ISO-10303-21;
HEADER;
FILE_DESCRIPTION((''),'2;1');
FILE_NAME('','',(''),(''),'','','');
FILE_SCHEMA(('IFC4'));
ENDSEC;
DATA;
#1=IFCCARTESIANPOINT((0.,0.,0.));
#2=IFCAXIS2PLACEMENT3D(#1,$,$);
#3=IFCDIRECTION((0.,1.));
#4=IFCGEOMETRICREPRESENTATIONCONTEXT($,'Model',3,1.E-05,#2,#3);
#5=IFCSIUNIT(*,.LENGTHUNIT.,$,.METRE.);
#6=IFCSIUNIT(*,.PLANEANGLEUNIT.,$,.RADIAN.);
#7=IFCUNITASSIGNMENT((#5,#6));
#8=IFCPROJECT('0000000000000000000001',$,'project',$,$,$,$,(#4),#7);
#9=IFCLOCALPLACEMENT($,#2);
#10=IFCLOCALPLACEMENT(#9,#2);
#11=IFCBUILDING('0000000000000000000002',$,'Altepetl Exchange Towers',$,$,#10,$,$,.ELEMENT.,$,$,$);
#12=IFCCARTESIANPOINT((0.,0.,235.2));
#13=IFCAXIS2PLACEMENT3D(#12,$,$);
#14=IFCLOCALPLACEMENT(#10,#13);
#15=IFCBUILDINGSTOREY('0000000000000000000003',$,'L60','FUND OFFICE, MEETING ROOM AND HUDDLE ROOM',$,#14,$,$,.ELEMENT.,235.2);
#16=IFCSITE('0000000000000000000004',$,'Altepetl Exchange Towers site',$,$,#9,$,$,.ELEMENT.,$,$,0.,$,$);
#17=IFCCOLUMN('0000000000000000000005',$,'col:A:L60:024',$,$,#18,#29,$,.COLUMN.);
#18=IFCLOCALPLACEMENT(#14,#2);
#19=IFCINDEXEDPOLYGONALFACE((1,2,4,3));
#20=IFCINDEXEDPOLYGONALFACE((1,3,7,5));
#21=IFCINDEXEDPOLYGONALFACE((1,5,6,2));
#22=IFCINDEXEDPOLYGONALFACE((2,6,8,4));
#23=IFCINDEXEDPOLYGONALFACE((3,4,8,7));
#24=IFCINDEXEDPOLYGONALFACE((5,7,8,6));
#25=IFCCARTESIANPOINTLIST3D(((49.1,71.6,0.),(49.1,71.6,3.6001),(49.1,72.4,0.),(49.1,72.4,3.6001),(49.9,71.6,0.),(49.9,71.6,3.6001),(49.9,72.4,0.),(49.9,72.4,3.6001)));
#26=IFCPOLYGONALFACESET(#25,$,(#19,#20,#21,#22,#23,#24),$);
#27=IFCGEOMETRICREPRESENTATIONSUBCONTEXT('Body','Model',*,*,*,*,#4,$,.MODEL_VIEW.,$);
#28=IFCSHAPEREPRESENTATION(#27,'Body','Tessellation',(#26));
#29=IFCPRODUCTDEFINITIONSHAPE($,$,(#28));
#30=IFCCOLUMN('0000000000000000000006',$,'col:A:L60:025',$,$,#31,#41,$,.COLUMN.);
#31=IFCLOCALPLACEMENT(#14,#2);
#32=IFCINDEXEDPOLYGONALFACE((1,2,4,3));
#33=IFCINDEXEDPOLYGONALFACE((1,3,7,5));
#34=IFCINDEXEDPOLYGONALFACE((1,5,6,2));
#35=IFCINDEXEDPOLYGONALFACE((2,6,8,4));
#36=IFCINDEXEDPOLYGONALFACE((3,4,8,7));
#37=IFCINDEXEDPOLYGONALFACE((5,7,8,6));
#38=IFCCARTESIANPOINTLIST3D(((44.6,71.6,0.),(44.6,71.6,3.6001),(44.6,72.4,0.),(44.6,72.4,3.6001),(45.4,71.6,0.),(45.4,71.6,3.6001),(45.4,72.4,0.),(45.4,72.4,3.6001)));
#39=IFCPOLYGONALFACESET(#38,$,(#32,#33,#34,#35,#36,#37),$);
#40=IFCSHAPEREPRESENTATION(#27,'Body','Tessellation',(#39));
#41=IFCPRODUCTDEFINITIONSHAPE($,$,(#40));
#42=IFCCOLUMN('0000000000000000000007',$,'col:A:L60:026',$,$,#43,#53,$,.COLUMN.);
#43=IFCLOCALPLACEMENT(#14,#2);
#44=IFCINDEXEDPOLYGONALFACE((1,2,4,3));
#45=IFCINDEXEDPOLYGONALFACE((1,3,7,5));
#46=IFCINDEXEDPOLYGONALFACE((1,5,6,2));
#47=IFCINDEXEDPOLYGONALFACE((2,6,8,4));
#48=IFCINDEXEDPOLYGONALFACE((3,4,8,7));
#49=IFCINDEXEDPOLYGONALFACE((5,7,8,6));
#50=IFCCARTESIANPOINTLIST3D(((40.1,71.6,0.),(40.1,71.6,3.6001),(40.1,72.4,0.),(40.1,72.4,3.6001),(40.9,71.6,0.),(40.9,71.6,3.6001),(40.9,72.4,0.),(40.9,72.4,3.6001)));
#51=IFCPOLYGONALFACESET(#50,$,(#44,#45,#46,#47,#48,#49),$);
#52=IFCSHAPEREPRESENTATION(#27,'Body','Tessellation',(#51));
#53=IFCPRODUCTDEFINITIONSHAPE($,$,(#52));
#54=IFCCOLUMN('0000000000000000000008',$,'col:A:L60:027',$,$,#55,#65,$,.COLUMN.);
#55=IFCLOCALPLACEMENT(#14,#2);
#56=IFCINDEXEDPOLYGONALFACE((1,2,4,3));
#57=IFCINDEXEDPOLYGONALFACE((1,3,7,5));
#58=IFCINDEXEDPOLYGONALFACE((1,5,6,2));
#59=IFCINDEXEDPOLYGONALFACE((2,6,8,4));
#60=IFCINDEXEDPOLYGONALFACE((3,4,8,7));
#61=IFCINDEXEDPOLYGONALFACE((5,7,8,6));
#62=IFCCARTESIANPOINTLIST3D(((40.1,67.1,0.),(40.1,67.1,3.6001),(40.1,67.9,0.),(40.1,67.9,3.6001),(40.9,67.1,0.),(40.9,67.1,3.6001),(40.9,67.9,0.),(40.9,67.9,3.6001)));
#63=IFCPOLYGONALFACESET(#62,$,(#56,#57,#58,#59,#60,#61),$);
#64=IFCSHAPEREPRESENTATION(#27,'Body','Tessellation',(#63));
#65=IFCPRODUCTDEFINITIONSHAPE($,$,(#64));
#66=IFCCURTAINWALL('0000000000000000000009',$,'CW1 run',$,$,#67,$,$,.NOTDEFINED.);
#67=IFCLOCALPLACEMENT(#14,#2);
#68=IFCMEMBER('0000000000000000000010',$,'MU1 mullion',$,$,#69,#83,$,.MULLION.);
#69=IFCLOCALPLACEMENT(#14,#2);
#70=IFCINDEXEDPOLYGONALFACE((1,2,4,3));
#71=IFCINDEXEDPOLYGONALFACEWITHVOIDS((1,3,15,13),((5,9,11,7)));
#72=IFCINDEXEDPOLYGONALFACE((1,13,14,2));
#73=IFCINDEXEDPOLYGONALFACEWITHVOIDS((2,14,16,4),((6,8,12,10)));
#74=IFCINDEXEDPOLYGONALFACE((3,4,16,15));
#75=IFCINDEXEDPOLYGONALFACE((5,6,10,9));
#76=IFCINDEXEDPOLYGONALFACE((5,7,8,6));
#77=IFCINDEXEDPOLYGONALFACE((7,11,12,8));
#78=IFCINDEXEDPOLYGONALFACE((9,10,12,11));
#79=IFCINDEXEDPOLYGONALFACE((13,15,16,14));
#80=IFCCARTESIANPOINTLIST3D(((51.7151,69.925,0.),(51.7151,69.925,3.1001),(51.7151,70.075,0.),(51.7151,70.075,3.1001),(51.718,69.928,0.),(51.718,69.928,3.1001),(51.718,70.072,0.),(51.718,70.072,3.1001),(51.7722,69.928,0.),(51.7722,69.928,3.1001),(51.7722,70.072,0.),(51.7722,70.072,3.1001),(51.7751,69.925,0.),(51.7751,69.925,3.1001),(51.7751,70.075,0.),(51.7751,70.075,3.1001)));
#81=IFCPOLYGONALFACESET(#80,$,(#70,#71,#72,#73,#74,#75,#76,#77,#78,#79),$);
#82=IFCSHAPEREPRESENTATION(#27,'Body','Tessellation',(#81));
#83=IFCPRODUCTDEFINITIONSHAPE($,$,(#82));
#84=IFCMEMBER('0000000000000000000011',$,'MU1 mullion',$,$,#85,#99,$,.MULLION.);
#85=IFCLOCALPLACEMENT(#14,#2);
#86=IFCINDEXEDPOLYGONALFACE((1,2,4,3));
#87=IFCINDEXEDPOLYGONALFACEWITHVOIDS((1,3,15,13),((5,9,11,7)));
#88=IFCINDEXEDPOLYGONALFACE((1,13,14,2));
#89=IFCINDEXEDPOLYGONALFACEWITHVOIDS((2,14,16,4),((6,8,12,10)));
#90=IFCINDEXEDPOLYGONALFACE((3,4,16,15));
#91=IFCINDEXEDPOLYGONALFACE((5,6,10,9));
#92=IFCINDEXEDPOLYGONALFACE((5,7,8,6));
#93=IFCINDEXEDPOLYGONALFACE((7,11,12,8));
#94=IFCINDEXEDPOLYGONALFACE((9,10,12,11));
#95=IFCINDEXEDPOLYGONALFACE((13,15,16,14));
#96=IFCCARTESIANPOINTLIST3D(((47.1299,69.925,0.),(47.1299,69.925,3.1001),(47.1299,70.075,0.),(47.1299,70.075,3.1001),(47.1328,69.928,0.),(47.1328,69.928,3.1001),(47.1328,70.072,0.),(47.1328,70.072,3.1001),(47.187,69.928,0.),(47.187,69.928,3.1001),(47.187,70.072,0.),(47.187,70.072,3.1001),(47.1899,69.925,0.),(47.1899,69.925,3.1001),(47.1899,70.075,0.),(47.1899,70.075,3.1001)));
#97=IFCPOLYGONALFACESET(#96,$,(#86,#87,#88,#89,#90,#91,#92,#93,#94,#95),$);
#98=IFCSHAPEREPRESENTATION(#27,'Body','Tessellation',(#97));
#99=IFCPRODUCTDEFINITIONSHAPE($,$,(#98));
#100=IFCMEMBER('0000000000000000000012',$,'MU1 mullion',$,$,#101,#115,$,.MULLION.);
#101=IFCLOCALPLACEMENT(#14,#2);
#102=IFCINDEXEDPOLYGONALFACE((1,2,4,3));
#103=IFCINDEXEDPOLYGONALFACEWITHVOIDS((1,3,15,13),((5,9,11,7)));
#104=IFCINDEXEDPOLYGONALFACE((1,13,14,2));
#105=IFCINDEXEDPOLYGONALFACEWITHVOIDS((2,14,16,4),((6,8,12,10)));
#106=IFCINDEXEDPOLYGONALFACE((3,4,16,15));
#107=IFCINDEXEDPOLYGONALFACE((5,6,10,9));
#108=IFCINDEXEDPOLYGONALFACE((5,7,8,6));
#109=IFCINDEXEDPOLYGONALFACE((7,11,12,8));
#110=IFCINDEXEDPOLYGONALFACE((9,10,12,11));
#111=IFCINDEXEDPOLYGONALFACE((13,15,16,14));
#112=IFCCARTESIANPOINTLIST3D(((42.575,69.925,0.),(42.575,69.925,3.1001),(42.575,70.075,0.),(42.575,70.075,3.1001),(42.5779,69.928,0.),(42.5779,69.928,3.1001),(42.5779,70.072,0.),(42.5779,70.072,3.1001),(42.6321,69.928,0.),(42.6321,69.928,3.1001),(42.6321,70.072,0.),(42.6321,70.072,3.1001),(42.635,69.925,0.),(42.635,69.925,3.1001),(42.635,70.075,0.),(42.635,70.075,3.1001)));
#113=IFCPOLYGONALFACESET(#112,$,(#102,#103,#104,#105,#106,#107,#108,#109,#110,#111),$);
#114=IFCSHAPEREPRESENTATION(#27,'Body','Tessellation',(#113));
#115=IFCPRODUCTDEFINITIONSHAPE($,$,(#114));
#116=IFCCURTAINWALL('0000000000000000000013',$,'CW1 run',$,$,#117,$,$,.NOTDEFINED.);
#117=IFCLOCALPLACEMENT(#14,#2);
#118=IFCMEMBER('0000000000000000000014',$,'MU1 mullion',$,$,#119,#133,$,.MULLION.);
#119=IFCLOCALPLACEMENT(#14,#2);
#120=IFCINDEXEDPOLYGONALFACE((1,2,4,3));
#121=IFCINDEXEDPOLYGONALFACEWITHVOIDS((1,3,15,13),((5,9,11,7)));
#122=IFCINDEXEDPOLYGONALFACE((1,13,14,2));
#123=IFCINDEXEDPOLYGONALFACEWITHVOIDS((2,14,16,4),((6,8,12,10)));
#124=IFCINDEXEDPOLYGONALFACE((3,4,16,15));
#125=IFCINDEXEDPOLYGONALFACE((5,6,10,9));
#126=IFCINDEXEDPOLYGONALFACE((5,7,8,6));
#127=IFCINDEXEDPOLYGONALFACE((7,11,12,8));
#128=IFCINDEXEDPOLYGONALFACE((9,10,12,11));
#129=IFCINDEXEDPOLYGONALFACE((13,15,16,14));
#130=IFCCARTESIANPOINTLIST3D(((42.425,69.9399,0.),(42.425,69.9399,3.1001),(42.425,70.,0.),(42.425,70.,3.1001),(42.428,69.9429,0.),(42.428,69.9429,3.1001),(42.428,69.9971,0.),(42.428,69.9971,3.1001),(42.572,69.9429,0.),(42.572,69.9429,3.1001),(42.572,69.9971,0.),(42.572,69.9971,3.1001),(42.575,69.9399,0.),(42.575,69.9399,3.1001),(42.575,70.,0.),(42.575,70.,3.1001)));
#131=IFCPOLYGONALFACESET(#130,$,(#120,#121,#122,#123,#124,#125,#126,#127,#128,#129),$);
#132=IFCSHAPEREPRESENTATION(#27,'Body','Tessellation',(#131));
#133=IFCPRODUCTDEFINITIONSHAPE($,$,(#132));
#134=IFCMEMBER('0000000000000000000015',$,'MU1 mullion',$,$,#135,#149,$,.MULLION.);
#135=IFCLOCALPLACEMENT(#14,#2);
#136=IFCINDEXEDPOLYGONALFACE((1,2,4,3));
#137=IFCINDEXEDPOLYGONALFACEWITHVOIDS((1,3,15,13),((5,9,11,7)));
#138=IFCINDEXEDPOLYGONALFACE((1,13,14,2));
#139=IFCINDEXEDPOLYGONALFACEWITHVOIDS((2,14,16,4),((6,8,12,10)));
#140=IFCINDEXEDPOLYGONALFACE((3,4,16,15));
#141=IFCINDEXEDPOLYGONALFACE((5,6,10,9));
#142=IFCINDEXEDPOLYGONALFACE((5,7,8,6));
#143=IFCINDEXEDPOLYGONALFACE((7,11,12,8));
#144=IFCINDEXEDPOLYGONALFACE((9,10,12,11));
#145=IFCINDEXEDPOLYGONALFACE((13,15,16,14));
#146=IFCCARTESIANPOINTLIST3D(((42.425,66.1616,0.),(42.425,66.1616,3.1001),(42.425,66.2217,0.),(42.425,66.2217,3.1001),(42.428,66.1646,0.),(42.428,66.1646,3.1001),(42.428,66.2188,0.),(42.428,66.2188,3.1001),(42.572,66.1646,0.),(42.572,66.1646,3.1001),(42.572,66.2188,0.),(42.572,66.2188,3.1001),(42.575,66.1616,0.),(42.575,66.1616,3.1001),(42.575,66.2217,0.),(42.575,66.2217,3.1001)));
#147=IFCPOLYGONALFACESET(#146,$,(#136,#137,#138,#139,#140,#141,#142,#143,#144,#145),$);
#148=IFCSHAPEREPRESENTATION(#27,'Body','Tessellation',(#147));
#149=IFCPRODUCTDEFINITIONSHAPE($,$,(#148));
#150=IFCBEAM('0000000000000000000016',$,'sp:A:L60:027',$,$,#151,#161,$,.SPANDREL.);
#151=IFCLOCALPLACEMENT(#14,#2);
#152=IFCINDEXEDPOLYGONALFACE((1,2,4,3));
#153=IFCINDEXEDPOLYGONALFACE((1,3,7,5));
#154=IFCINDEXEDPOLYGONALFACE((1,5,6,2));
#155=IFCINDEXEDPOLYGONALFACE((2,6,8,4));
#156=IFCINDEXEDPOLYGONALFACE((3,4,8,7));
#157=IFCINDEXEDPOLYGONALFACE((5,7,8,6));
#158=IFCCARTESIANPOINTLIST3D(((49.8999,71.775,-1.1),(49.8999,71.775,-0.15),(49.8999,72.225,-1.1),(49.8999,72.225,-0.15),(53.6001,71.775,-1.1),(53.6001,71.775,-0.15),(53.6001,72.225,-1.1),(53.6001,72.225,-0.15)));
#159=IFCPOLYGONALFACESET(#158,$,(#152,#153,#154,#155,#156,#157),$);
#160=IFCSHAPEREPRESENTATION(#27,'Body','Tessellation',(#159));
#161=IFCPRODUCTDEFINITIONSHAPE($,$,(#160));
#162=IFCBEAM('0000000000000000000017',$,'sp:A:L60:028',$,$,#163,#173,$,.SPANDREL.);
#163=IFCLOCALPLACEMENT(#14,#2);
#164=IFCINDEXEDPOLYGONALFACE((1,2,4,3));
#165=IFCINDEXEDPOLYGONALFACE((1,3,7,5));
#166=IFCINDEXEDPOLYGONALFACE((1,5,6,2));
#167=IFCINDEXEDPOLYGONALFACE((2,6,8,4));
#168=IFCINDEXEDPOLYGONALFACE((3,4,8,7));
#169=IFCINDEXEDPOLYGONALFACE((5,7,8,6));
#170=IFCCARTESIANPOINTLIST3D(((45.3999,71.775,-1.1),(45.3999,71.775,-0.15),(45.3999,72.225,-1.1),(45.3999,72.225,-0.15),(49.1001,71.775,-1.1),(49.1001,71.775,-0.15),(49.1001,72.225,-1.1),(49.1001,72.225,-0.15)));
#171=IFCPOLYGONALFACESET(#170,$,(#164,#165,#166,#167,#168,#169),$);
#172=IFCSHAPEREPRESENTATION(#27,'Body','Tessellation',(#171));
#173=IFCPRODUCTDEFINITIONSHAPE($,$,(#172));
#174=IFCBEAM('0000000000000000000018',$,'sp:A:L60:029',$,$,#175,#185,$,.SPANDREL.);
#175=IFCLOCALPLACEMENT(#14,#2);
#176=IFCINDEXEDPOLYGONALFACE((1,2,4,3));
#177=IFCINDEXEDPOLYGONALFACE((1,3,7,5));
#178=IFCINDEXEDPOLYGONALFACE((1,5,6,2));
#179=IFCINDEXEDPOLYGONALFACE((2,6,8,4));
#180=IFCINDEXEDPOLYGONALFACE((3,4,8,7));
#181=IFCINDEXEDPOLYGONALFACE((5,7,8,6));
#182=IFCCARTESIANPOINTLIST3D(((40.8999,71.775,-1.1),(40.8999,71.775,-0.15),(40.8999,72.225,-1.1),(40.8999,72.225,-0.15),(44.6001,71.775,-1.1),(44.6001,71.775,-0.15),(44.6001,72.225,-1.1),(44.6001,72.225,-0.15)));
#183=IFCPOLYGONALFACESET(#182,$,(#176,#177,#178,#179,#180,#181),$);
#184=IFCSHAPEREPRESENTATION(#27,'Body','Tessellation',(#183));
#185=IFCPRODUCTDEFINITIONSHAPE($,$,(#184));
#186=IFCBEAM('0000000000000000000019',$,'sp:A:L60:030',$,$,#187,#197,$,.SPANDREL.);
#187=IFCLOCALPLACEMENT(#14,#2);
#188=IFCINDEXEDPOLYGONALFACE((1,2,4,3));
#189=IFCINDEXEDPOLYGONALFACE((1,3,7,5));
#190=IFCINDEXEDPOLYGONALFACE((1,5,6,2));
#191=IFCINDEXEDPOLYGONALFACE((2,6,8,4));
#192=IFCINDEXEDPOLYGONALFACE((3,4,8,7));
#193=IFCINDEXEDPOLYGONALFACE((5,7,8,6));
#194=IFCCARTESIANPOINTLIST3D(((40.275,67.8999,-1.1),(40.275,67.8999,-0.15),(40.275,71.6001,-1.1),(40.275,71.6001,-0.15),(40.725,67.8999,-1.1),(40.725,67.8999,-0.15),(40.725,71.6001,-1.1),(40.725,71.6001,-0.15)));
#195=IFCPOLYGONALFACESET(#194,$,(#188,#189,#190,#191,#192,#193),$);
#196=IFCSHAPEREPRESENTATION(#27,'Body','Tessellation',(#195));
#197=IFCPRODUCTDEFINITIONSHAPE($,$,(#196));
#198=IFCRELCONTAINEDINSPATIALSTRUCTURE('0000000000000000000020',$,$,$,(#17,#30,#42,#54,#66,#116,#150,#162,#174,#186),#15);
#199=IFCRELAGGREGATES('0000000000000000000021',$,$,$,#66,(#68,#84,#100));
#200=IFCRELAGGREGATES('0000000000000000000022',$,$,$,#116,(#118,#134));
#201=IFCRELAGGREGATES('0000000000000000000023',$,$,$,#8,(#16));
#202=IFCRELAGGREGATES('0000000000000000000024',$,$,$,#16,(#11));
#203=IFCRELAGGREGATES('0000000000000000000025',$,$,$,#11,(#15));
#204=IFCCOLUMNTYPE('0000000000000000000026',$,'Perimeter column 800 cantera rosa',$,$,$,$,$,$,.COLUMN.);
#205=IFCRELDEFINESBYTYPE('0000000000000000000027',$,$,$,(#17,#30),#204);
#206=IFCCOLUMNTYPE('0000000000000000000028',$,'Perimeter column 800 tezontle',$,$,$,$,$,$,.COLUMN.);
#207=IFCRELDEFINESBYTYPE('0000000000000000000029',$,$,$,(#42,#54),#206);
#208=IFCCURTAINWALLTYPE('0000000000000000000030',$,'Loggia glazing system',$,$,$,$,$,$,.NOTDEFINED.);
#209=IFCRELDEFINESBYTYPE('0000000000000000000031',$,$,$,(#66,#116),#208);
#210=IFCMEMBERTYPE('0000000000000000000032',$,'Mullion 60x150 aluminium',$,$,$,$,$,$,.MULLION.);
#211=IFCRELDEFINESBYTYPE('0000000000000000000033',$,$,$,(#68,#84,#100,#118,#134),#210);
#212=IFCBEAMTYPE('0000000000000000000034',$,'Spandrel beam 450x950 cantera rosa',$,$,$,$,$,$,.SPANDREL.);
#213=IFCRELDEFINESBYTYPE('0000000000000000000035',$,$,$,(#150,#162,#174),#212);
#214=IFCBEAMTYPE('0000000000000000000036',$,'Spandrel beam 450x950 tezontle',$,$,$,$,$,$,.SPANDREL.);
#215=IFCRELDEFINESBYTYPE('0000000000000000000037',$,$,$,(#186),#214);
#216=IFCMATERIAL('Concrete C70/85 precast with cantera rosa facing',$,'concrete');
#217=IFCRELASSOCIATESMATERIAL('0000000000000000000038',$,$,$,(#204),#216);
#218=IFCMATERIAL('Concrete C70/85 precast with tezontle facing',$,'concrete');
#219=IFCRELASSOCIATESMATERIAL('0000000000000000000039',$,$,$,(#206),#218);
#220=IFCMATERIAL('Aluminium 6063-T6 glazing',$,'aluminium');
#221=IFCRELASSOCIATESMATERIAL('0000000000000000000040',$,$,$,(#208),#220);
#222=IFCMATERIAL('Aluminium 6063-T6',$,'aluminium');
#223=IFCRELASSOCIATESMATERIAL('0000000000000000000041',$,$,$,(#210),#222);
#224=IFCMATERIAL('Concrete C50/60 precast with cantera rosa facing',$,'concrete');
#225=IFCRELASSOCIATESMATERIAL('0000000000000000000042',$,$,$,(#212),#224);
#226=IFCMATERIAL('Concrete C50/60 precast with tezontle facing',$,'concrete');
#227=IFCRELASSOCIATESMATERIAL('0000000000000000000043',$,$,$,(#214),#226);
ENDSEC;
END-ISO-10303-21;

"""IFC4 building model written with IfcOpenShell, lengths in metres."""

from ifc_helpers import new_model, si_unit, direction, frame, origin, origin_2d, place, context, subcontext, project, spatial, rectangle, hollow_rectangle, extrude, material, material_profile, profile_set, type_object, element, aggregate, save


model = new_model("IFC4")

# Units and contexts
model_context = context("Model", 3, precision=1e-05, world=origin(), true_north=direction((0.0, 1.0)))
body_context = subcontext(model_context, "Body", "Model", "MODEL_VIEW")
ifc_project = project(units=[si_unit("LENGTHUNIT", "METRE"), si_unit("PLANEANGLEUNIT", "RADIAN")], contexts=[model_context])

# Site, building, storey
site_placement = place(None, origin())
site = spatial("IfcSite", under=ifc_project, at=site_placement, Name="Altepetl Exchange Towers site", CompositionType="ELEMENT", RefElevation=0.0)
building_placement = place(site_placement, origin())
building = spatial("IfcBuilding", under=site, at=building_placement, Name="Altepetl Exchange Towers", CompositionType="ELEMENT")
storey_placement = place(building_placement, frame((0.0, 0.0, 235.2)))
storey = spatial("IfcBuildingStorey", under=building, at=storey_placement, Name="L60", Description="FUND OFFICE, MEETING ROOM AND HUDDLE ROOM", CompositionType="ELEMENT", Elevation=235.2)

# Columns
ifc_material_1 = material(Name="Concrete C70/85 precast with cantera rosa facing", Category="concrete")
ifc_material_profile_1 = material_profile(ifc_material_1, rectangle(XDim=0.8, YDim=0.8, at=origin_2d()), Name="800 x 800")
ifc_profile_set_1 = profile_set([ifc_material_profile_1], Name="Concrete C70/85 precast with cantera rosa facing")
column_type_1 = type_object("IfcColumnType", Name="Perimeter column 800 cantera rosa", PredefinedType="COLUMN", material=ifc_profile_set_1)
for number, where, name in (
    (1, (49.5, 72.0, 0.0), "col:A:L60:024"),
    (2, (45.0, 72.0, 0.0), "col:A:L60:025"),
):
    element("IfcColumn", number, at=place(storey_placement, frame(where)), inside=storey, type_object=column_type_1, Name=name, PredefinedType="COLUMN", context=body_context, shape_type="SweptSolid", body=[
        extrude(rectangle(XDim=0.8, YDim=0.8, at=origin_2d()), origin(), (0.0, 0.0, 1.0), 3.6001),
    ])
ifc_material_2 = material(Name="Concrete C70/85 precast with tezontle facing", Category="concrete")
ifc_material_profile_2 = material_profile(ifc_material_2, rectangle(XDim=0.8, YDim=0.8, at=origin_2d()), Name="800 x 800")
ifc_profile_set_2 = profile_set([ifc_material_profile_2], Name="Concrete C70/85 precast with tezontle facing")
column_type_2 = type_object("IfcColumnType", Name="Perimeter column 800 tezontle", PredefinedType="COLUMN", material=ifc_profile_set_2)
for number, where, name in (
    (3, (40.5, 72.0, 0.0), "col:A:L60:026"),
    (4, (40.5, 67.5, 0.0), "col:A:L60:027"),
):
    element("IfcColumn", number, at=place(storey_placement, frame(where)), inside=storey, type_object=column_type_2, Name=name, PredefinedType="COLUMN", context=body_context, shape_type="SweptSolid", body=[
        extrude(rectangle(XDim=0.8, YDim=0.8, at=origin_2d()), origin(), (0.0, 0.0, 1.0), 3.6001),
    ])

# Curtain walls, members
ifc_material_3 = material(Name="Aluminium 6063-T6 glazing", Category="aluminium")
curtain_wall_type = type_object("IfcCurtainWallType", Name="Loggia glazing system", PredefinedType="NOTDEFINED", material=ifc_material_3)
curtain_wall_1_placement = place(storey_placement, origin())
curtain_wall_1 = element("IfcCurtainWall", 5, at=curtain_wall_1_placement, inside=storey, type_object=curtain_wall_type, Name="CW1 run", PredefinedType="NOTDEFINED")
ifc_material_4 = material(Name="Aluminium 6063-T6", Category="aluminium")
ifc_material_profile_3 = material_profile(ifc_material_4, hollow_rectangle(XDim=0.0601, YDim=0.1499, WallThickness=0.0029, at=origin_2d()), Name="Mullion 60x150 aluminium")
ifc_profile_set_3 = profile_set([ifc_material_profile_3], Name="Aluminium 6063-T6")
member_type = type_object("IfcMemberType", Name="Mullion 60x150 aluminium", PredefinedType="MULLION", material=ifc_profile_set_3)
member_1_placement = place(storey_placement, frame((51.7451, 70.0, 0.0), z_axis=(0.0, 0.0, 1.0), x_axis=(-1.0, 0.0, 0.0)))
member_1 = element("IfcMember", 6, at=member_1_placement, type_object=member_type, Name="MU1 mullion", PredefinedType="MULLION", context=body_context, shape_type="SweptSolid", body=[
    extrude(hollow_rectangle(XDim=0.0601, YDim=0.1499, WallThickness=0.0029, at=origin_2d()), origin(), (0.0, 0.0, 1.0), 3.1001),
])
member_2_placement = place(storey_placement, frame((47.1599, 70.0, 0.0), z_axis=(0.0, 0.0, 1.0), x_axis=(-1.0, 0.0, 0.0)))
member_2 = element("IfcMember", 7, at=member_2_placement, type_object=member_type, Name="MU1 mullion", PredefinedType="MULLION", context=body_context, shape_type="SweptSolid", body=[
    extrude(hollow_rectangle(XDim=0.0601, YDim=0.1499, WallThickness=0.0029, at=origin_2d()), origin(), (0.0, 0.0, 1.0), 3.1001),
])
member_3_placement = place(storey_placement, frame((42.605, 70.0, 0.0), z_axis=(0.0, 0.0, 1.0), x_axis=(-1.0, 0.0, 0.0)))
member_3 = element("IfcMember", 8, at=member_3_placement, type_object=member_type, Name="MU1 mullion", PredefinedType="MULLION", context=body_context, shape_type="SweptSolid", body=[
    extrude(hollow_rectangle(XDim=0.0601, YDim=0.1499, WallThickness=0.0029, at=origin_2d()), origin(), (0.0, 0.0, 1.0), 3.1001),
])
curtain_wall_2_placement = place(storey_placement, origin())
curtain_wall_2 = element("IfcCurtainWall", 9, at=curtain_wall_2_placement, inside=storey, type_object=curtain_wall_type, Name="CW1 run", PredefinedType="NOTDEFINED")
member_4_placement = place(storey_placement, frame((42.5, 69.97, 0.0), z_axis=(0.0, 0.0, 1.0), x_axis=(0.0, -1.0, 0.0)))
member_4 = element("IfcMember", 10, at=member_4_placement, type_object=member_type, Name="MU1 mullion", PredefinedType="MULLION", context=body_context, shape_type="SweptSolid", body=[
    extrude(hollow_rectangle(XDim=0.0601, YDim=0.1499, WallThickness=0.0029, at=origin_2d()), origin(), (0.0, 0.0, 1.0), 3.1001),
])
member_5_placement = place(storey_placement, frame((42.5, 66.1917, 0.0), z_axis=(0.0, 0.0, 1.0), x_axis=(0.0, -1.0, 0.0)))
member_5 = element("IfcMember", 11, at=member_5_placement, type_object=member_type, Name="MU1 mullion", PredefinedType="MULLION", context=body_context, shape_type="SweptSolid", body=[
    extrude(hollow_rectangle(XDim=0.0601, YDim=0.1499, WallThickness=0.0029, at=origin_2d()), origin(), (0.0, 0.0, 1.0), 3.1001),
])

# Beams
ifc_material_5 = material(Name="Concrete C50/60 precast with cantera rosa facing", Category="concrete")
ifc_material_profile_4 = material_profile(ifc_material_5, rectangle(XDim=0.45, YDim=0.95, at=origin_2d()), Name="450 x 950")
ifc_profile_set_4 = profile_set([ifc_material_profile_4], Name="Concrete C50/60 precast with cantera rosa facing")
beam_type_1 = type_object("IfcBeamType", Name="Spandrel beam 450x950 cantera rosa", PredefinedType="SPANDREL", material=ifc_profile_set_4)
for number, where, z_axis, x_axis, name in (
    (12, (53.6001, 72.0, -0.625), (-1.0, 0.0, 0.0), (0.0, -1.0, 0.0), "sp:A:L60:027"),
    (13, (49.1001, 72.0, -0.625), (-1.0, 0.0, 0.0), (0.0, -1.0, 0.0), "sp:A:L60:028"),
    (14, (44.6001, 72.0, -0.625), (-1.0, 0.0, 0.0), (0.0, -1.0, 0.0), "sp:A:L60:029"),
):
    element("IfcBeam", number, at=place(storey_placement, frame(where, z_axis=z_axis, x_axis=x_axis)), inside=storey, type_object=beam_type_1, Name=name, PredefinedType="SPANDREL", context=body_context, shape_type="SweptSolid", body=[
        extrude(rectangle(XDim=0.45, YDim=0.95, at=origin_2d()), origin(), (0.0, 0.0, 1.0), 3.7002),
    ])
ifc_material_6 = material(Name="Concrete C50/60 precast with tezontle facing", Category="concrete")
ifc_material_profile_5 = material_profile(ifc_material_6, rectangle(XDim=0.45, YDim=0.95, at=origin_2d()), Name="450 x 950")
ifc_profile_set_5 = profile_set([ifc_material_profile_5], Name="Concrete C50/60 precast with tezontle facing")
beam_type_2 = type_object("IfcBeamType", Name="Spandrel beam 450x950 tezontle", PredefinedType="SPANDREL", material=ifc_profile_set_5)
for number, where, z_axis, x_axis, name in (
    (15, (40.5, 71.6001, -0.625), (0.0, -1.0, 0.0), (1.0, 0.0, 0.0), "sp:A:L60:030"),
):
    element("IfcBeam", number, at=place(storey_placement, frame(where, z_axis=z_axis, x_axis=x_axis)), inside=storey, type_object=beam_type_2, Name=name, PredefinedType="SPANDREL", context=body_context, shape_type="SweptSolid", body=[
        extrude(rectangle(XDim=0.45, YDim=0.95, at=origin_2d()), origin(), (0.0, 0.0, 1.0), 3.7002),
    ])

aggregate(curtain_wall_1, [member_1, member_2, member_3])
aggregate(curtain_wall_2, [member_4, member_5])

save(model, "model.ifc")
